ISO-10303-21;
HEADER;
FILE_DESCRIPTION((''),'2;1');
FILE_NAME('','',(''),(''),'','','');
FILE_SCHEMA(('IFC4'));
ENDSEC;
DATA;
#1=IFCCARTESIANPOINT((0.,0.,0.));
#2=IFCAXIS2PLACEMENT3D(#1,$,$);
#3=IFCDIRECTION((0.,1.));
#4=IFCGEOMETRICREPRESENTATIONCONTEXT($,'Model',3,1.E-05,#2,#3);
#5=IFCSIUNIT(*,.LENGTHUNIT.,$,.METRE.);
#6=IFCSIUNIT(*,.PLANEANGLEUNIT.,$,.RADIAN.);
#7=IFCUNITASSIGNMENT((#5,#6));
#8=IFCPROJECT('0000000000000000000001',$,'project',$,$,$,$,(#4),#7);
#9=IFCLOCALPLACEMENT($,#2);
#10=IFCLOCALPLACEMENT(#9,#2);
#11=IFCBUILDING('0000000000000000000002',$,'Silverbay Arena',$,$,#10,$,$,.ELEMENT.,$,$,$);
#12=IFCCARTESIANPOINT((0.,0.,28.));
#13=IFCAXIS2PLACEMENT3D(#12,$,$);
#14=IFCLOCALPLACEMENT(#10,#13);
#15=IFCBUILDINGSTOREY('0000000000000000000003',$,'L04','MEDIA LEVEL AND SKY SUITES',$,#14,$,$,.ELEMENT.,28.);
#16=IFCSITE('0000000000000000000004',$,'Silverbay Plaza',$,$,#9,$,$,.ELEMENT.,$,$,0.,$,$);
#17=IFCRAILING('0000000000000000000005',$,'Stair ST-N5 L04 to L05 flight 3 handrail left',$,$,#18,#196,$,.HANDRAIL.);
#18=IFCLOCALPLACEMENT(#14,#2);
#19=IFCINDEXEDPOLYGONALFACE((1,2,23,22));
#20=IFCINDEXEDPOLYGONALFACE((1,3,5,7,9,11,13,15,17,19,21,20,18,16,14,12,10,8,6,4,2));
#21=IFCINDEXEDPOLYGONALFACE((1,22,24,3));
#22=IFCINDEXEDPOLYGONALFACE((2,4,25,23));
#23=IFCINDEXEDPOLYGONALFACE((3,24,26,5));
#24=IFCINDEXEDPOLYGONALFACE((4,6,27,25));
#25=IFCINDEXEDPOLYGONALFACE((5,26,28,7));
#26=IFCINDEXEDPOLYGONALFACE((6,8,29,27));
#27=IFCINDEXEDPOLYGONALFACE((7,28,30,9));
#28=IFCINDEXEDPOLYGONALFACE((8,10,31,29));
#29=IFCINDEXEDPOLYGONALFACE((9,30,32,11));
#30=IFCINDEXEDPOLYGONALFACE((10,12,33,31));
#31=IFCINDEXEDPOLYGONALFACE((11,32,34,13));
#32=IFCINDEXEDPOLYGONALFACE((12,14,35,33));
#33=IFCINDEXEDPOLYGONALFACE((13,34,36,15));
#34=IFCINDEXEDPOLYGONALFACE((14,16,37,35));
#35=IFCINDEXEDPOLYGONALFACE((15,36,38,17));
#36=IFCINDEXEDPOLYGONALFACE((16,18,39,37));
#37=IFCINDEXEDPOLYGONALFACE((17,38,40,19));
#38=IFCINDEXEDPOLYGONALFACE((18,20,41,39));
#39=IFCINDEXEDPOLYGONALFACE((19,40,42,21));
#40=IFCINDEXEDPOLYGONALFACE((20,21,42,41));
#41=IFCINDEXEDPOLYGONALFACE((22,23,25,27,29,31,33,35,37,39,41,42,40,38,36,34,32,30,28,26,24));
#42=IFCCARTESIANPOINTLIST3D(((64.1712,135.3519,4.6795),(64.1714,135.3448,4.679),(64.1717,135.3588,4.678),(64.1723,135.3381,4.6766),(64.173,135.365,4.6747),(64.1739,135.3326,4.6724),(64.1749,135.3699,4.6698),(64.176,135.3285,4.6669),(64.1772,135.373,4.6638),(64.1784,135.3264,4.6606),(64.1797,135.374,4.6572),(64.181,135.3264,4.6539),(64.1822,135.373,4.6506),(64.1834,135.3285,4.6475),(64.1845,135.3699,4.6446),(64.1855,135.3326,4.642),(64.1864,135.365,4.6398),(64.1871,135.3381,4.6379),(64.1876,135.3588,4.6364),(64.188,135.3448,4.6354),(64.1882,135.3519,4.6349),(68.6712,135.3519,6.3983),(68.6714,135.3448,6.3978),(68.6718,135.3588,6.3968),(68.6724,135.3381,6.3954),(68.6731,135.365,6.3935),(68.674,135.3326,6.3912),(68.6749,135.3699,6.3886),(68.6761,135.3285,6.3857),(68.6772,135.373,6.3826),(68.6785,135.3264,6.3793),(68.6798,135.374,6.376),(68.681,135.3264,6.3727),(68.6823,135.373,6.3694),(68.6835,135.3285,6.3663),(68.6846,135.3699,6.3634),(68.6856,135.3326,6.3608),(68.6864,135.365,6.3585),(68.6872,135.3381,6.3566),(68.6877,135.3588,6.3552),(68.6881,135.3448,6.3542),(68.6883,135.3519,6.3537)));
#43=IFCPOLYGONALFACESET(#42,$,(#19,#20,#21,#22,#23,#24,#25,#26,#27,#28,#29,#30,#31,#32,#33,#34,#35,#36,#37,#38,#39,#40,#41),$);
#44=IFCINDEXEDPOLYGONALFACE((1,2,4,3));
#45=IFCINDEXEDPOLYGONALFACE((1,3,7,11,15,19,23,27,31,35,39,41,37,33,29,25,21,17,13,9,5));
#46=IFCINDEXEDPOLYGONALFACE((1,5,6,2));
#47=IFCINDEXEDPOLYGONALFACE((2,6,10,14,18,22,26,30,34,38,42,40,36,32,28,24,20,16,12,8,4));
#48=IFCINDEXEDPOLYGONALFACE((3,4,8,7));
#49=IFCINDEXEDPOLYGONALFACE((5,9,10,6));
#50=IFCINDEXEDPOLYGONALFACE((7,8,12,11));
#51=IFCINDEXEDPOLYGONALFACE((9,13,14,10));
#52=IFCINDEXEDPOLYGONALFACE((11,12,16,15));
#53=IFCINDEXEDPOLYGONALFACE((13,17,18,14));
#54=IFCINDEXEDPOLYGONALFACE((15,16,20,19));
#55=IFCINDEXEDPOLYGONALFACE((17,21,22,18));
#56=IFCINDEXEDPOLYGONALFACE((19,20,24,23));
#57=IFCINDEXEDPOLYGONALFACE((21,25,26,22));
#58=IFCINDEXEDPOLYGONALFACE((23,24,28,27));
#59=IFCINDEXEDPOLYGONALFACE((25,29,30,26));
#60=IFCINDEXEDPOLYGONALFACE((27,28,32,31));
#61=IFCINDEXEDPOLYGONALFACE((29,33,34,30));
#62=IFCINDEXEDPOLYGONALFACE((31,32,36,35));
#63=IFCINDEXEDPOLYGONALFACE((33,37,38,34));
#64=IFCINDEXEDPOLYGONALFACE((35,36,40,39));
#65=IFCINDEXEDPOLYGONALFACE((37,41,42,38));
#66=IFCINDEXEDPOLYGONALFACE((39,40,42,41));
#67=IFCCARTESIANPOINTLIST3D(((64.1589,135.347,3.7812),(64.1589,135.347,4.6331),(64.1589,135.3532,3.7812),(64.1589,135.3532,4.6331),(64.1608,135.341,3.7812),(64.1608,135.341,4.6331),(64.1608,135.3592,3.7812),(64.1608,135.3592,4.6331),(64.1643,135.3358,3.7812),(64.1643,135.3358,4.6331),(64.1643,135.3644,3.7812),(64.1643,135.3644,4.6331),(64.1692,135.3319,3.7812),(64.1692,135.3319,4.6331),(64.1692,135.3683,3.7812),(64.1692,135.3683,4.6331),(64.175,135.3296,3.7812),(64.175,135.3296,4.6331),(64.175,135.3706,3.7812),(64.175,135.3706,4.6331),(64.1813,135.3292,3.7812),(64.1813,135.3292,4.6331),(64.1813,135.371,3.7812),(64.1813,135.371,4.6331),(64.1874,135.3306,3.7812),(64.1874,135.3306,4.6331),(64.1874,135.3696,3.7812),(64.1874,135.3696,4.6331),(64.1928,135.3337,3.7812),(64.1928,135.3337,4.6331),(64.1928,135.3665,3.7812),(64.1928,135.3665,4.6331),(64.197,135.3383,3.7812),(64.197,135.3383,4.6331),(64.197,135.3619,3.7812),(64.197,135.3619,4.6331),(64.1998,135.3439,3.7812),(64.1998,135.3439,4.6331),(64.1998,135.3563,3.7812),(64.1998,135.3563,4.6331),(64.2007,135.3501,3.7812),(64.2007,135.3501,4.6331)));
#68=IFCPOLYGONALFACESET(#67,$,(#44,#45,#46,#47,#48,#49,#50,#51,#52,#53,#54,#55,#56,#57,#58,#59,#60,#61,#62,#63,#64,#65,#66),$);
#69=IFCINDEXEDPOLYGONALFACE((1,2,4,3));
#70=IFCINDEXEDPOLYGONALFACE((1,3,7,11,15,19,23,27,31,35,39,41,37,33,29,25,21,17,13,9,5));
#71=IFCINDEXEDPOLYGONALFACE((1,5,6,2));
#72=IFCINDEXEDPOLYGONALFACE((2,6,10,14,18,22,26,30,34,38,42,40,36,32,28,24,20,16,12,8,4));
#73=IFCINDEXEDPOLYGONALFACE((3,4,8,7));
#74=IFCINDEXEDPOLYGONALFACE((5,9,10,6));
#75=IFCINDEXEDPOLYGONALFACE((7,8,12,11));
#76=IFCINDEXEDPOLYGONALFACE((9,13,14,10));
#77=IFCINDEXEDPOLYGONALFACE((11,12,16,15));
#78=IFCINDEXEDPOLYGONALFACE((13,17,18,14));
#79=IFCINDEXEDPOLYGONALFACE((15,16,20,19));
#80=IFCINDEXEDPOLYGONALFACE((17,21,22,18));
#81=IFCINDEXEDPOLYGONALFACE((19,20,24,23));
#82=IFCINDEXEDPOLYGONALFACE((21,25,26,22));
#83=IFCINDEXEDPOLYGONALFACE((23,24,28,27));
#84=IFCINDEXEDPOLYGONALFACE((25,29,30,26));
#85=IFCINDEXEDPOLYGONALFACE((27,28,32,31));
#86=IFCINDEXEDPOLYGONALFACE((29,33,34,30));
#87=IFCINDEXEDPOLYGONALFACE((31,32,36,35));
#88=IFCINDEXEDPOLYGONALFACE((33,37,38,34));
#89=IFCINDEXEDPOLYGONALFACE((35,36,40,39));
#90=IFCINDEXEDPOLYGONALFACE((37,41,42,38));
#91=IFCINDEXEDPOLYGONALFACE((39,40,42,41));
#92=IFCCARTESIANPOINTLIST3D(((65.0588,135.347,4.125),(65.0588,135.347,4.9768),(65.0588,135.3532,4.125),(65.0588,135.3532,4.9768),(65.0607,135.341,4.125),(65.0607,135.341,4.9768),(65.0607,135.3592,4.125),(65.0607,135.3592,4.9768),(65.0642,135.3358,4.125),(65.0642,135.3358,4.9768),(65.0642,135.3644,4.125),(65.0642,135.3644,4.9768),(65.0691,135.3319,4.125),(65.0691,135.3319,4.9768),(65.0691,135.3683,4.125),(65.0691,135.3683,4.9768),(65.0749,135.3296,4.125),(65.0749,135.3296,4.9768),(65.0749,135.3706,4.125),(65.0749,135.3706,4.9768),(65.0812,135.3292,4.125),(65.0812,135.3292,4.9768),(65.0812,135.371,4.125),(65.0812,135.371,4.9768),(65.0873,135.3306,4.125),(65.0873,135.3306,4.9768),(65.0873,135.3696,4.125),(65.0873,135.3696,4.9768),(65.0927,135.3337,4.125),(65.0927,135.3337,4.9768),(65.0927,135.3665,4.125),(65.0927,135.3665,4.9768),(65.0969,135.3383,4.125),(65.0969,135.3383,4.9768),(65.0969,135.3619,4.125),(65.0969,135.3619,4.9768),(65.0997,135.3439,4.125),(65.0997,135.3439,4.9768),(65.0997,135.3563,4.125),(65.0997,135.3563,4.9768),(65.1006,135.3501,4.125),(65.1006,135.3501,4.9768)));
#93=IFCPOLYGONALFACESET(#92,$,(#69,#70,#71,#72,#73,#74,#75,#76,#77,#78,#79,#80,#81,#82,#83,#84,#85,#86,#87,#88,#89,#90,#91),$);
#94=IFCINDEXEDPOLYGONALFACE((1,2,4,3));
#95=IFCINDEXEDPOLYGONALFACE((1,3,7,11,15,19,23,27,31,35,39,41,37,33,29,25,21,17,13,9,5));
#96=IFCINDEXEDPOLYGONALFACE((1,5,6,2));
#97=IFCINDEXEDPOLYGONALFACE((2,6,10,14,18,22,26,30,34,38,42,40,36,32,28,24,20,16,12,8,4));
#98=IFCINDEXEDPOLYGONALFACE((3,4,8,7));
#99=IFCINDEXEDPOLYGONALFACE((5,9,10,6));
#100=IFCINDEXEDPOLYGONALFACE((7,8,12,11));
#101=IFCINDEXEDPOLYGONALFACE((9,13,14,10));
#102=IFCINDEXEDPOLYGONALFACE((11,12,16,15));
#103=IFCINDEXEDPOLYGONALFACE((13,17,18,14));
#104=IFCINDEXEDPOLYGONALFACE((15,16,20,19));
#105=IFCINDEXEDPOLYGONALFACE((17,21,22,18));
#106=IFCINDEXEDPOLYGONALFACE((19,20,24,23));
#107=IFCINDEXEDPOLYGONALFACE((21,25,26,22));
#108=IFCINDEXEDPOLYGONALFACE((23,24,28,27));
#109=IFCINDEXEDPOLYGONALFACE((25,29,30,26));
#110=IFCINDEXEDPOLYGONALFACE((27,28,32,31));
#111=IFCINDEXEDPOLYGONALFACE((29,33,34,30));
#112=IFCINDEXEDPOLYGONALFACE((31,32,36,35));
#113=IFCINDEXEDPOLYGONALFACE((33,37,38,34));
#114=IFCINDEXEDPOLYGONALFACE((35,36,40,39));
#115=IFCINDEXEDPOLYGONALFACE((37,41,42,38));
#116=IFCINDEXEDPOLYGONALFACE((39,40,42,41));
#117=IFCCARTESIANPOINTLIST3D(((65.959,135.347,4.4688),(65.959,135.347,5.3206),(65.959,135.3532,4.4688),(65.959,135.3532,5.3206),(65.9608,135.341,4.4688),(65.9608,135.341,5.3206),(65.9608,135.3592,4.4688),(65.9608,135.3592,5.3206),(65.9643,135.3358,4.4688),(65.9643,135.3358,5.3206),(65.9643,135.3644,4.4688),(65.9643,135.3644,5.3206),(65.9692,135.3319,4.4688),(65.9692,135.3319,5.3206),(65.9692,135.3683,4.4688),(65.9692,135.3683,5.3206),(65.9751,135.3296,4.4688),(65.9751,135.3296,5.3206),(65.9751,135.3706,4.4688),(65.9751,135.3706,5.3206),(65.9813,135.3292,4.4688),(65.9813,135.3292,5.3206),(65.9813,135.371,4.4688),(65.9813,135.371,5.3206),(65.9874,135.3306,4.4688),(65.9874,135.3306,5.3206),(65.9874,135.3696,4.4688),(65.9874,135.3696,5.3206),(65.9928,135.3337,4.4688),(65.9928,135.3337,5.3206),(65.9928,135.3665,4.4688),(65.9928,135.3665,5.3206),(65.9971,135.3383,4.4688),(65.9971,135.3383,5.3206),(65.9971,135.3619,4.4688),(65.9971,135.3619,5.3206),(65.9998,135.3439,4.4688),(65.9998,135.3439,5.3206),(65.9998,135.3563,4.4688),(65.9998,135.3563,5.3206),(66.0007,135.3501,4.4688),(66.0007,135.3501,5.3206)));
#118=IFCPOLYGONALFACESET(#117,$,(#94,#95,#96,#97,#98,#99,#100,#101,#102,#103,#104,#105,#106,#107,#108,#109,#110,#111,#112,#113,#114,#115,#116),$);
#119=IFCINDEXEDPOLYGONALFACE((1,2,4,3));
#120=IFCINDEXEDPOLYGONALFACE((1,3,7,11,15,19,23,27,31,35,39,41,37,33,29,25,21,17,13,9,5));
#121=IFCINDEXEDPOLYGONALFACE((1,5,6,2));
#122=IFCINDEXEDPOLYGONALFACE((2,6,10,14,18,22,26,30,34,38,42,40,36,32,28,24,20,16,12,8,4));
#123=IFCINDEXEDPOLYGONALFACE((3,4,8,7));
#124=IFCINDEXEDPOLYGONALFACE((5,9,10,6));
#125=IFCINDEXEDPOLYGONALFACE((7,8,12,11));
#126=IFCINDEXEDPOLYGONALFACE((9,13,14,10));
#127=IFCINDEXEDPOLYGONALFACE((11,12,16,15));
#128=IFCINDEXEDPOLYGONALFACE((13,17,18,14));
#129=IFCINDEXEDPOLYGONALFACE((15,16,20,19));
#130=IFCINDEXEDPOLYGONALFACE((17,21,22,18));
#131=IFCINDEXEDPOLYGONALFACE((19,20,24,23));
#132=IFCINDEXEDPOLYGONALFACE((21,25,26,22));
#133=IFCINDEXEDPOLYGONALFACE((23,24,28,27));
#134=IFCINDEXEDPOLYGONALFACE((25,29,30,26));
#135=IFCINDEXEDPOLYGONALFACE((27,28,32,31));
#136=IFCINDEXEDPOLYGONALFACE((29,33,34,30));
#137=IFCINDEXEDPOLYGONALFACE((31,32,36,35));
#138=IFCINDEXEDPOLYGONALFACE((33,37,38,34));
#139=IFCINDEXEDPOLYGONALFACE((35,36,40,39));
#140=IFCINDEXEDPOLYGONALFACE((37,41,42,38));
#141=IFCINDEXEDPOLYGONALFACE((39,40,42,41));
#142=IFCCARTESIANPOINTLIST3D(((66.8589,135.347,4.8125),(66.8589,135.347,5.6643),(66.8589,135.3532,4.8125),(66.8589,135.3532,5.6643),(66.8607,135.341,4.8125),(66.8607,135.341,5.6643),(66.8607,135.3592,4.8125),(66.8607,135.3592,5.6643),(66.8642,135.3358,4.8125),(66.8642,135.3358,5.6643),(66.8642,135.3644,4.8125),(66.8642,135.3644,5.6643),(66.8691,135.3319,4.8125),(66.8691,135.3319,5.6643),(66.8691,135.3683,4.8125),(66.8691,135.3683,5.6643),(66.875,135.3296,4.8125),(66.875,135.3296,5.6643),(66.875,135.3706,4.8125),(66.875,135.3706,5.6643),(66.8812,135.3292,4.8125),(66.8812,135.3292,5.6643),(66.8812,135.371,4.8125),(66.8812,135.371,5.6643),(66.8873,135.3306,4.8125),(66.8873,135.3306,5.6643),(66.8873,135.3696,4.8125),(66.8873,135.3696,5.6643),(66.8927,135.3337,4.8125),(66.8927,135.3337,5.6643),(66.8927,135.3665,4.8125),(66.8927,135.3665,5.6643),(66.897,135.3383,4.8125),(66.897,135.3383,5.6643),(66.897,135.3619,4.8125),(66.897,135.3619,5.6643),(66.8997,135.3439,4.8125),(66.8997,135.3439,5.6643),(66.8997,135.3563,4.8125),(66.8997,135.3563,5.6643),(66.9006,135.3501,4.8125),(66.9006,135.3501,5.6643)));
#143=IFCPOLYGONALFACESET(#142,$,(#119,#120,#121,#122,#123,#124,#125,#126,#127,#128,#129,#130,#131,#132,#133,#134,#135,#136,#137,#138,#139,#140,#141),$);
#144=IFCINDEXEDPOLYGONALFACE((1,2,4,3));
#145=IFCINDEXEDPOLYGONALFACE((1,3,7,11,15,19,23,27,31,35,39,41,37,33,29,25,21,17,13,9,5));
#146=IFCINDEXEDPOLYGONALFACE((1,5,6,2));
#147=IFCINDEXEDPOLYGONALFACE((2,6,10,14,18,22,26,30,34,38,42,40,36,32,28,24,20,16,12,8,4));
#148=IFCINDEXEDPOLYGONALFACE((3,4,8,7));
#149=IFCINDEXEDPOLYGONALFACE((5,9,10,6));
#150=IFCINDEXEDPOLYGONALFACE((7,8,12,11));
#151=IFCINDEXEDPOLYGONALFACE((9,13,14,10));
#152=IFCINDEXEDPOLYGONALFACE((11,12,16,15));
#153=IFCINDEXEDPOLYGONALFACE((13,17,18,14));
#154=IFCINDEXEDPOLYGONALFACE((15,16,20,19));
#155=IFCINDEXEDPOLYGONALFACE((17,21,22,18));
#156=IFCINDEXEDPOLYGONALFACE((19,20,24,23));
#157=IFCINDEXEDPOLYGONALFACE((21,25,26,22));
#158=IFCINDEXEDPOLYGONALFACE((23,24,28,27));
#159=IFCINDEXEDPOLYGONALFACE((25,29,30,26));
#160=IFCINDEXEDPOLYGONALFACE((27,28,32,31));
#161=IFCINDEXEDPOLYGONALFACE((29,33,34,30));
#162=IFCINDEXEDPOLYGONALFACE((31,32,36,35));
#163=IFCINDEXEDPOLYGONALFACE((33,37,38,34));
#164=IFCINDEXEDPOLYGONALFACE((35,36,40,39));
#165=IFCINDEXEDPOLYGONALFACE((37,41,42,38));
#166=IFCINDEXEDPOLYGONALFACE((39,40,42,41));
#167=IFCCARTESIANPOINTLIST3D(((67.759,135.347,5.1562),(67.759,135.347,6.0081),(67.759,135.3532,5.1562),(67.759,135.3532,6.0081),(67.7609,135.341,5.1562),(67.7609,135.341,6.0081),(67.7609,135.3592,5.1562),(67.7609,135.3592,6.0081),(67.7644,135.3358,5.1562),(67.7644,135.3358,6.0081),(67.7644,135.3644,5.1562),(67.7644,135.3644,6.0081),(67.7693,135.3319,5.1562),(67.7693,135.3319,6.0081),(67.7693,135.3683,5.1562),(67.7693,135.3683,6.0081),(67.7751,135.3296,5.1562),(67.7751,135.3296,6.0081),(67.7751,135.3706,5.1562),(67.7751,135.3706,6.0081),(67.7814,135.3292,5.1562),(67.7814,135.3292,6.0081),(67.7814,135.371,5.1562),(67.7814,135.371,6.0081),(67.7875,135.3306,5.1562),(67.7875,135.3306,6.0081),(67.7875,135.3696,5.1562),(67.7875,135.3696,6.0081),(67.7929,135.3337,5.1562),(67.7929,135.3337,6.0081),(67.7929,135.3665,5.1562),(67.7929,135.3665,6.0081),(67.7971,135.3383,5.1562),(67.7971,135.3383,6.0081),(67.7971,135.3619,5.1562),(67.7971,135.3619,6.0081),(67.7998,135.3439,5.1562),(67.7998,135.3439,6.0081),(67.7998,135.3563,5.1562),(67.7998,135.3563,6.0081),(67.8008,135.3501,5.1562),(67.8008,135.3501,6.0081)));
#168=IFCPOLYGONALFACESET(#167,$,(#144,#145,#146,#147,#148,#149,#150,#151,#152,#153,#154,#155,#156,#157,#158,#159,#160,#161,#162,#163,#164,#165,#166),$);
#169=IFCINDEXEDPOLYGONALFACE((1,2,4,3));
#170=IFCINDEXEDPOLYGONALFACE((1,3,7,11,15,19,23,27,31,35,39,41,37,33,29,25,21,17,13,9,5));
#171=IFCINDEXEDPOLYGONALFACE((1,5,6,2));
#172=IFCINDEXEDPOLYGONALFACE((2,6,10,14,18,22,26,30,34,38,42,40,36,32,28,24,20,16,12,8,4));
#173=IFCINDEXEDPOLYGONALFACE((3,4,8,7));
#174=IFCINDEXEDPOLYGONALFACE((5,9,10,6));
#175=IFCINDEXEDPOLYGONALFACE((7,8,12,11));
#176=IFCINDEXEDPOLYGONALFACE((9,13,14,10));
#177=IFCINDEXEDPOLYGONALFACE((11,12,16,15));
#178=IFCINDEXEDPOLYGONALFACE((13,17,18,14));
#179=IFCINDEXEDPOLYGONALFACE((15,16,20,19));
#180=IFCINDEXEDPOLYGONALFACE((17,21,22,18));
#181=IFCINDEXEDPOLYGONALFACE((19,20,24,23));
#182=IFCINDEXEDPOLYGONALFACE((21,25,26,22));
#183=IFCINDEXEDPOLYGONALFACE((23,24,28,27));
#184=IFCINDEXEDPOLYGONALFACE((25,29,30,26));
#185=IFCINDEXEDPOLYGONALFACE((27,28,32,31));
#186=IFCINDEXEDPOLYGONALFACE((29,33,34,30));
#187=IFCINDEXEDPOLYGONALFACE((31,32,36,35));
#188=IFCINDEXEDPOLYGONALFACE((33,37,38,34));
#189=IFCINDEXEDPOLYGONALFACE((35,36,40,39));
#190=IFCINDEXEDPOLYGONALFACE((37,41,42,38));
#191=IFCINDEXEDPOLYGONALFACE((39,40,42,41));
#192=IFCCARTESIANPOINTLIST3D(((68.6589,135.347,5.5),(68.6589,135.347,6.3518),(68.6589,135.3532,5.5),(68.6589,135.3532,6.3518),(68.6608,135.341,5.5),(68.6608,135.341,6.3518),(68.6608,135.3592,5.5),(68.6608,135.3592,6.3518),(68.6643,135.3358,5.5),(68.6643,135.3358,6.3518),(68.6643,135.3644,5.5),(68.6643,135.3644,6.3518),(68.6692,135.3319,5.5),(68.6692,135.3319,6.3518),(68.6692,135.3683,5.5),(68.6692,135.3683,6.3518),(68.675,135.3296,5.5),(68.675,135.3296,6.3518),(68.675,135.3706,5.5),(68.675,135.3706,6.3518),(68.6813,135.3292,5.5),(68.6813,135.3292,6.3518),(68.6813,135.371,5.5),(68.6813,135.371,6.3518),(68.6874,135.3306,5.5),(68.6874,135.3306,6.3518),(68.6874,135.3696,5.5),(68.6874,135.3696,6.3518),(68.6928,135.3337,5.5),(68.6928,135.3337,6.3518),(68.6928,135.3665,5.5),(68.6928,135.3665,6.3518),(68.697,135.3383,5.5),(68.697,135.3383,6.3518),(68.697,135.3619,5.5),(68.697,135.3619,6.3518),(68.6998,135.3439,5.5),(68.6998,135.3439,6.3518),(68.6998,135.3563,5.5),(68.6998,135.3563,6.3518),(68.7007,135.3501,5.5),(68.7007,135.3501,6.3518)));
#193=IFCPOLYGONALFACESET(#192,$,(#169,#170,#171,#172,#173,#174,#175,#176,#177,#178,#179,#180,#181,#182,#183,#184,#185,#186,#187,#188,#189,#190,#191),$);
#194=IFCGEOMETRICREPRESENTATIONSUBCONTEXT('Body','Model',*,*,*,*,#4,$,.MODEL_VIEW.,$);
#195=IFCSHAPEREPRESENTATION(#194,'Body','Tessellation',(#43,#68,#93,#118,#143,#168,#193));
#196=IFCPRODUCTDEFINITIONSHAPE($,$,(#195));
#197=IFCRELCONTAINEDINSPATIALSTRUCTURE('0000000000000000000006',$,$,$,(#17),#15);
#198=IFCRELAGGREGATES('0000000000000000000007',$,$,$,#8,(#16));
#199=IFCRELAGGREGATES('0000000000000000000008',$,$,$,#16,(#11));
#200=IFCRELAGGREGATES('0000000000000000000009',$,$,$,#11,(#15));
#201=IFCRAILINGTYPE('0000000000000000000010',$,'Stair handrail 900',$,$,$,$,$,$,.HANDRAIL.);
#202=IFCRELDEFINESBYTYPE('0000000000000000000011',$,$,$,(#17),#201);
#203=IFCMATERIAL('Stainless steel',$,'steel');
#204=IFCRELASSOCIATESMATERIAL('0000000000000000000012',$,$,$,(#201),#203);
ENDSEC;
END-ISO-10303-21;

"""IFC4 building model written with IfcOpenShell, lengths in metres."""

from ifc_helpers import new_model, si_unit, direction, frame, origin, origin_2d, place, context, subcontext, project, spatial, circle, extrude, material, type_object, element, save


model = new_model("IFC4")

# Units and contexts
model_context = context("Model", 3, precision=1e-05, world=origin(), true_north=direction((0.0, 1.0)))
body_context = subcontext(model_context, "Body", "Model", "MODEL_VIEW")
ifc_project = project(units=[si_unit("LENGTHUNIT", "METRE"), si_unit("PLANEANGLEUNIT", "RADIAN")], contexts=[model_context])

# Site, building, storey
site_placement = place(None, origin())
site = spatial("IfcSite", under=ifc_project, at=site_placement, Name="Silverbay Plaza", CompositionType="ELEMENT", RefElevation=0.0)
building_placement = place(site_placement, origin())
building = spatial("IfcBuilding", under=site, at=building_placement, Name="Silverbay Arena", CompositionType="ELEMENT")
storey_placement = place(building_placement, frame((0.0, 0.0, 28.0)))
storey = spatial("IfcBuildingStorey", under=building, at=storey_placement, Name="L04", Description="MEDIA LEVEL AND SKY SUITES", CompositionType="ELEMENT", Elevation=28.0)

# Railing
ifc_material_1 = material(Name="Stainless steel", Category="steel")
railing_type_1 = type_object("IfcRailingType", Name="Stair handrail 900", PredefinedType="HANDRAIL", material=ifc_material_1)
for number, where, name in (
    (1, (64.1797, 135.3501, 3.7812), "Stair ST-N5 L04 to L05 flight 3 handrail left"),
):
    element("IfcRailing", number, at=place(storey_placement, frame(where)), inside=storey, type_object=railing_type_1, Name=name, PredefinedType="HANDRAIL", context=body_context, shape_type="SweptSolid", body=[
        extrude(circle(Radius=0.0239, at=origin_2d()), frame((0.0, 0.0, 0.876), z_axis=(0.934179, 0.0, 0.356805), x_axis=(0.0, 1.0, 0.0)), (0.0, 0.0, 1.0), 4.8171),
        extrude(circle(Radius=0.021, at=origin_2d()), origin(), (0.0, 0.0, 1.0), 0.8518),
        extrude(circle(Radius=0.021, at=origin_2d()), frame((0.8999, 0.0, 0.3438)), (0.0, 0.0, 1.0), 0.8518),
        extrude(circle(Radius=0.021, at=origin_2d()), frame((1.8, 0.0, 0.6875)), (0.0, 0.0, 1.0), 0.8518),
        extrude(circle(Radius=0.021, at=origin_2d()), frame((2.7, 0.0, 1.0312)), (0.0, 0.0, 1.0), 0.8518),
        extrude(circle(Radius=0.021, at=origin_2d()), frame((3.6001, 0.0, 1.375)), (0.0, 0.0, 1.0), 0.8518),
        extrude(circle(Radius=0.021, at=origin_2d()), frame((4.5, 0.0, 1.7188)), (0.0, 0.0, 1.0), 0.8518),
    ])

save(model, "model.ifc")
